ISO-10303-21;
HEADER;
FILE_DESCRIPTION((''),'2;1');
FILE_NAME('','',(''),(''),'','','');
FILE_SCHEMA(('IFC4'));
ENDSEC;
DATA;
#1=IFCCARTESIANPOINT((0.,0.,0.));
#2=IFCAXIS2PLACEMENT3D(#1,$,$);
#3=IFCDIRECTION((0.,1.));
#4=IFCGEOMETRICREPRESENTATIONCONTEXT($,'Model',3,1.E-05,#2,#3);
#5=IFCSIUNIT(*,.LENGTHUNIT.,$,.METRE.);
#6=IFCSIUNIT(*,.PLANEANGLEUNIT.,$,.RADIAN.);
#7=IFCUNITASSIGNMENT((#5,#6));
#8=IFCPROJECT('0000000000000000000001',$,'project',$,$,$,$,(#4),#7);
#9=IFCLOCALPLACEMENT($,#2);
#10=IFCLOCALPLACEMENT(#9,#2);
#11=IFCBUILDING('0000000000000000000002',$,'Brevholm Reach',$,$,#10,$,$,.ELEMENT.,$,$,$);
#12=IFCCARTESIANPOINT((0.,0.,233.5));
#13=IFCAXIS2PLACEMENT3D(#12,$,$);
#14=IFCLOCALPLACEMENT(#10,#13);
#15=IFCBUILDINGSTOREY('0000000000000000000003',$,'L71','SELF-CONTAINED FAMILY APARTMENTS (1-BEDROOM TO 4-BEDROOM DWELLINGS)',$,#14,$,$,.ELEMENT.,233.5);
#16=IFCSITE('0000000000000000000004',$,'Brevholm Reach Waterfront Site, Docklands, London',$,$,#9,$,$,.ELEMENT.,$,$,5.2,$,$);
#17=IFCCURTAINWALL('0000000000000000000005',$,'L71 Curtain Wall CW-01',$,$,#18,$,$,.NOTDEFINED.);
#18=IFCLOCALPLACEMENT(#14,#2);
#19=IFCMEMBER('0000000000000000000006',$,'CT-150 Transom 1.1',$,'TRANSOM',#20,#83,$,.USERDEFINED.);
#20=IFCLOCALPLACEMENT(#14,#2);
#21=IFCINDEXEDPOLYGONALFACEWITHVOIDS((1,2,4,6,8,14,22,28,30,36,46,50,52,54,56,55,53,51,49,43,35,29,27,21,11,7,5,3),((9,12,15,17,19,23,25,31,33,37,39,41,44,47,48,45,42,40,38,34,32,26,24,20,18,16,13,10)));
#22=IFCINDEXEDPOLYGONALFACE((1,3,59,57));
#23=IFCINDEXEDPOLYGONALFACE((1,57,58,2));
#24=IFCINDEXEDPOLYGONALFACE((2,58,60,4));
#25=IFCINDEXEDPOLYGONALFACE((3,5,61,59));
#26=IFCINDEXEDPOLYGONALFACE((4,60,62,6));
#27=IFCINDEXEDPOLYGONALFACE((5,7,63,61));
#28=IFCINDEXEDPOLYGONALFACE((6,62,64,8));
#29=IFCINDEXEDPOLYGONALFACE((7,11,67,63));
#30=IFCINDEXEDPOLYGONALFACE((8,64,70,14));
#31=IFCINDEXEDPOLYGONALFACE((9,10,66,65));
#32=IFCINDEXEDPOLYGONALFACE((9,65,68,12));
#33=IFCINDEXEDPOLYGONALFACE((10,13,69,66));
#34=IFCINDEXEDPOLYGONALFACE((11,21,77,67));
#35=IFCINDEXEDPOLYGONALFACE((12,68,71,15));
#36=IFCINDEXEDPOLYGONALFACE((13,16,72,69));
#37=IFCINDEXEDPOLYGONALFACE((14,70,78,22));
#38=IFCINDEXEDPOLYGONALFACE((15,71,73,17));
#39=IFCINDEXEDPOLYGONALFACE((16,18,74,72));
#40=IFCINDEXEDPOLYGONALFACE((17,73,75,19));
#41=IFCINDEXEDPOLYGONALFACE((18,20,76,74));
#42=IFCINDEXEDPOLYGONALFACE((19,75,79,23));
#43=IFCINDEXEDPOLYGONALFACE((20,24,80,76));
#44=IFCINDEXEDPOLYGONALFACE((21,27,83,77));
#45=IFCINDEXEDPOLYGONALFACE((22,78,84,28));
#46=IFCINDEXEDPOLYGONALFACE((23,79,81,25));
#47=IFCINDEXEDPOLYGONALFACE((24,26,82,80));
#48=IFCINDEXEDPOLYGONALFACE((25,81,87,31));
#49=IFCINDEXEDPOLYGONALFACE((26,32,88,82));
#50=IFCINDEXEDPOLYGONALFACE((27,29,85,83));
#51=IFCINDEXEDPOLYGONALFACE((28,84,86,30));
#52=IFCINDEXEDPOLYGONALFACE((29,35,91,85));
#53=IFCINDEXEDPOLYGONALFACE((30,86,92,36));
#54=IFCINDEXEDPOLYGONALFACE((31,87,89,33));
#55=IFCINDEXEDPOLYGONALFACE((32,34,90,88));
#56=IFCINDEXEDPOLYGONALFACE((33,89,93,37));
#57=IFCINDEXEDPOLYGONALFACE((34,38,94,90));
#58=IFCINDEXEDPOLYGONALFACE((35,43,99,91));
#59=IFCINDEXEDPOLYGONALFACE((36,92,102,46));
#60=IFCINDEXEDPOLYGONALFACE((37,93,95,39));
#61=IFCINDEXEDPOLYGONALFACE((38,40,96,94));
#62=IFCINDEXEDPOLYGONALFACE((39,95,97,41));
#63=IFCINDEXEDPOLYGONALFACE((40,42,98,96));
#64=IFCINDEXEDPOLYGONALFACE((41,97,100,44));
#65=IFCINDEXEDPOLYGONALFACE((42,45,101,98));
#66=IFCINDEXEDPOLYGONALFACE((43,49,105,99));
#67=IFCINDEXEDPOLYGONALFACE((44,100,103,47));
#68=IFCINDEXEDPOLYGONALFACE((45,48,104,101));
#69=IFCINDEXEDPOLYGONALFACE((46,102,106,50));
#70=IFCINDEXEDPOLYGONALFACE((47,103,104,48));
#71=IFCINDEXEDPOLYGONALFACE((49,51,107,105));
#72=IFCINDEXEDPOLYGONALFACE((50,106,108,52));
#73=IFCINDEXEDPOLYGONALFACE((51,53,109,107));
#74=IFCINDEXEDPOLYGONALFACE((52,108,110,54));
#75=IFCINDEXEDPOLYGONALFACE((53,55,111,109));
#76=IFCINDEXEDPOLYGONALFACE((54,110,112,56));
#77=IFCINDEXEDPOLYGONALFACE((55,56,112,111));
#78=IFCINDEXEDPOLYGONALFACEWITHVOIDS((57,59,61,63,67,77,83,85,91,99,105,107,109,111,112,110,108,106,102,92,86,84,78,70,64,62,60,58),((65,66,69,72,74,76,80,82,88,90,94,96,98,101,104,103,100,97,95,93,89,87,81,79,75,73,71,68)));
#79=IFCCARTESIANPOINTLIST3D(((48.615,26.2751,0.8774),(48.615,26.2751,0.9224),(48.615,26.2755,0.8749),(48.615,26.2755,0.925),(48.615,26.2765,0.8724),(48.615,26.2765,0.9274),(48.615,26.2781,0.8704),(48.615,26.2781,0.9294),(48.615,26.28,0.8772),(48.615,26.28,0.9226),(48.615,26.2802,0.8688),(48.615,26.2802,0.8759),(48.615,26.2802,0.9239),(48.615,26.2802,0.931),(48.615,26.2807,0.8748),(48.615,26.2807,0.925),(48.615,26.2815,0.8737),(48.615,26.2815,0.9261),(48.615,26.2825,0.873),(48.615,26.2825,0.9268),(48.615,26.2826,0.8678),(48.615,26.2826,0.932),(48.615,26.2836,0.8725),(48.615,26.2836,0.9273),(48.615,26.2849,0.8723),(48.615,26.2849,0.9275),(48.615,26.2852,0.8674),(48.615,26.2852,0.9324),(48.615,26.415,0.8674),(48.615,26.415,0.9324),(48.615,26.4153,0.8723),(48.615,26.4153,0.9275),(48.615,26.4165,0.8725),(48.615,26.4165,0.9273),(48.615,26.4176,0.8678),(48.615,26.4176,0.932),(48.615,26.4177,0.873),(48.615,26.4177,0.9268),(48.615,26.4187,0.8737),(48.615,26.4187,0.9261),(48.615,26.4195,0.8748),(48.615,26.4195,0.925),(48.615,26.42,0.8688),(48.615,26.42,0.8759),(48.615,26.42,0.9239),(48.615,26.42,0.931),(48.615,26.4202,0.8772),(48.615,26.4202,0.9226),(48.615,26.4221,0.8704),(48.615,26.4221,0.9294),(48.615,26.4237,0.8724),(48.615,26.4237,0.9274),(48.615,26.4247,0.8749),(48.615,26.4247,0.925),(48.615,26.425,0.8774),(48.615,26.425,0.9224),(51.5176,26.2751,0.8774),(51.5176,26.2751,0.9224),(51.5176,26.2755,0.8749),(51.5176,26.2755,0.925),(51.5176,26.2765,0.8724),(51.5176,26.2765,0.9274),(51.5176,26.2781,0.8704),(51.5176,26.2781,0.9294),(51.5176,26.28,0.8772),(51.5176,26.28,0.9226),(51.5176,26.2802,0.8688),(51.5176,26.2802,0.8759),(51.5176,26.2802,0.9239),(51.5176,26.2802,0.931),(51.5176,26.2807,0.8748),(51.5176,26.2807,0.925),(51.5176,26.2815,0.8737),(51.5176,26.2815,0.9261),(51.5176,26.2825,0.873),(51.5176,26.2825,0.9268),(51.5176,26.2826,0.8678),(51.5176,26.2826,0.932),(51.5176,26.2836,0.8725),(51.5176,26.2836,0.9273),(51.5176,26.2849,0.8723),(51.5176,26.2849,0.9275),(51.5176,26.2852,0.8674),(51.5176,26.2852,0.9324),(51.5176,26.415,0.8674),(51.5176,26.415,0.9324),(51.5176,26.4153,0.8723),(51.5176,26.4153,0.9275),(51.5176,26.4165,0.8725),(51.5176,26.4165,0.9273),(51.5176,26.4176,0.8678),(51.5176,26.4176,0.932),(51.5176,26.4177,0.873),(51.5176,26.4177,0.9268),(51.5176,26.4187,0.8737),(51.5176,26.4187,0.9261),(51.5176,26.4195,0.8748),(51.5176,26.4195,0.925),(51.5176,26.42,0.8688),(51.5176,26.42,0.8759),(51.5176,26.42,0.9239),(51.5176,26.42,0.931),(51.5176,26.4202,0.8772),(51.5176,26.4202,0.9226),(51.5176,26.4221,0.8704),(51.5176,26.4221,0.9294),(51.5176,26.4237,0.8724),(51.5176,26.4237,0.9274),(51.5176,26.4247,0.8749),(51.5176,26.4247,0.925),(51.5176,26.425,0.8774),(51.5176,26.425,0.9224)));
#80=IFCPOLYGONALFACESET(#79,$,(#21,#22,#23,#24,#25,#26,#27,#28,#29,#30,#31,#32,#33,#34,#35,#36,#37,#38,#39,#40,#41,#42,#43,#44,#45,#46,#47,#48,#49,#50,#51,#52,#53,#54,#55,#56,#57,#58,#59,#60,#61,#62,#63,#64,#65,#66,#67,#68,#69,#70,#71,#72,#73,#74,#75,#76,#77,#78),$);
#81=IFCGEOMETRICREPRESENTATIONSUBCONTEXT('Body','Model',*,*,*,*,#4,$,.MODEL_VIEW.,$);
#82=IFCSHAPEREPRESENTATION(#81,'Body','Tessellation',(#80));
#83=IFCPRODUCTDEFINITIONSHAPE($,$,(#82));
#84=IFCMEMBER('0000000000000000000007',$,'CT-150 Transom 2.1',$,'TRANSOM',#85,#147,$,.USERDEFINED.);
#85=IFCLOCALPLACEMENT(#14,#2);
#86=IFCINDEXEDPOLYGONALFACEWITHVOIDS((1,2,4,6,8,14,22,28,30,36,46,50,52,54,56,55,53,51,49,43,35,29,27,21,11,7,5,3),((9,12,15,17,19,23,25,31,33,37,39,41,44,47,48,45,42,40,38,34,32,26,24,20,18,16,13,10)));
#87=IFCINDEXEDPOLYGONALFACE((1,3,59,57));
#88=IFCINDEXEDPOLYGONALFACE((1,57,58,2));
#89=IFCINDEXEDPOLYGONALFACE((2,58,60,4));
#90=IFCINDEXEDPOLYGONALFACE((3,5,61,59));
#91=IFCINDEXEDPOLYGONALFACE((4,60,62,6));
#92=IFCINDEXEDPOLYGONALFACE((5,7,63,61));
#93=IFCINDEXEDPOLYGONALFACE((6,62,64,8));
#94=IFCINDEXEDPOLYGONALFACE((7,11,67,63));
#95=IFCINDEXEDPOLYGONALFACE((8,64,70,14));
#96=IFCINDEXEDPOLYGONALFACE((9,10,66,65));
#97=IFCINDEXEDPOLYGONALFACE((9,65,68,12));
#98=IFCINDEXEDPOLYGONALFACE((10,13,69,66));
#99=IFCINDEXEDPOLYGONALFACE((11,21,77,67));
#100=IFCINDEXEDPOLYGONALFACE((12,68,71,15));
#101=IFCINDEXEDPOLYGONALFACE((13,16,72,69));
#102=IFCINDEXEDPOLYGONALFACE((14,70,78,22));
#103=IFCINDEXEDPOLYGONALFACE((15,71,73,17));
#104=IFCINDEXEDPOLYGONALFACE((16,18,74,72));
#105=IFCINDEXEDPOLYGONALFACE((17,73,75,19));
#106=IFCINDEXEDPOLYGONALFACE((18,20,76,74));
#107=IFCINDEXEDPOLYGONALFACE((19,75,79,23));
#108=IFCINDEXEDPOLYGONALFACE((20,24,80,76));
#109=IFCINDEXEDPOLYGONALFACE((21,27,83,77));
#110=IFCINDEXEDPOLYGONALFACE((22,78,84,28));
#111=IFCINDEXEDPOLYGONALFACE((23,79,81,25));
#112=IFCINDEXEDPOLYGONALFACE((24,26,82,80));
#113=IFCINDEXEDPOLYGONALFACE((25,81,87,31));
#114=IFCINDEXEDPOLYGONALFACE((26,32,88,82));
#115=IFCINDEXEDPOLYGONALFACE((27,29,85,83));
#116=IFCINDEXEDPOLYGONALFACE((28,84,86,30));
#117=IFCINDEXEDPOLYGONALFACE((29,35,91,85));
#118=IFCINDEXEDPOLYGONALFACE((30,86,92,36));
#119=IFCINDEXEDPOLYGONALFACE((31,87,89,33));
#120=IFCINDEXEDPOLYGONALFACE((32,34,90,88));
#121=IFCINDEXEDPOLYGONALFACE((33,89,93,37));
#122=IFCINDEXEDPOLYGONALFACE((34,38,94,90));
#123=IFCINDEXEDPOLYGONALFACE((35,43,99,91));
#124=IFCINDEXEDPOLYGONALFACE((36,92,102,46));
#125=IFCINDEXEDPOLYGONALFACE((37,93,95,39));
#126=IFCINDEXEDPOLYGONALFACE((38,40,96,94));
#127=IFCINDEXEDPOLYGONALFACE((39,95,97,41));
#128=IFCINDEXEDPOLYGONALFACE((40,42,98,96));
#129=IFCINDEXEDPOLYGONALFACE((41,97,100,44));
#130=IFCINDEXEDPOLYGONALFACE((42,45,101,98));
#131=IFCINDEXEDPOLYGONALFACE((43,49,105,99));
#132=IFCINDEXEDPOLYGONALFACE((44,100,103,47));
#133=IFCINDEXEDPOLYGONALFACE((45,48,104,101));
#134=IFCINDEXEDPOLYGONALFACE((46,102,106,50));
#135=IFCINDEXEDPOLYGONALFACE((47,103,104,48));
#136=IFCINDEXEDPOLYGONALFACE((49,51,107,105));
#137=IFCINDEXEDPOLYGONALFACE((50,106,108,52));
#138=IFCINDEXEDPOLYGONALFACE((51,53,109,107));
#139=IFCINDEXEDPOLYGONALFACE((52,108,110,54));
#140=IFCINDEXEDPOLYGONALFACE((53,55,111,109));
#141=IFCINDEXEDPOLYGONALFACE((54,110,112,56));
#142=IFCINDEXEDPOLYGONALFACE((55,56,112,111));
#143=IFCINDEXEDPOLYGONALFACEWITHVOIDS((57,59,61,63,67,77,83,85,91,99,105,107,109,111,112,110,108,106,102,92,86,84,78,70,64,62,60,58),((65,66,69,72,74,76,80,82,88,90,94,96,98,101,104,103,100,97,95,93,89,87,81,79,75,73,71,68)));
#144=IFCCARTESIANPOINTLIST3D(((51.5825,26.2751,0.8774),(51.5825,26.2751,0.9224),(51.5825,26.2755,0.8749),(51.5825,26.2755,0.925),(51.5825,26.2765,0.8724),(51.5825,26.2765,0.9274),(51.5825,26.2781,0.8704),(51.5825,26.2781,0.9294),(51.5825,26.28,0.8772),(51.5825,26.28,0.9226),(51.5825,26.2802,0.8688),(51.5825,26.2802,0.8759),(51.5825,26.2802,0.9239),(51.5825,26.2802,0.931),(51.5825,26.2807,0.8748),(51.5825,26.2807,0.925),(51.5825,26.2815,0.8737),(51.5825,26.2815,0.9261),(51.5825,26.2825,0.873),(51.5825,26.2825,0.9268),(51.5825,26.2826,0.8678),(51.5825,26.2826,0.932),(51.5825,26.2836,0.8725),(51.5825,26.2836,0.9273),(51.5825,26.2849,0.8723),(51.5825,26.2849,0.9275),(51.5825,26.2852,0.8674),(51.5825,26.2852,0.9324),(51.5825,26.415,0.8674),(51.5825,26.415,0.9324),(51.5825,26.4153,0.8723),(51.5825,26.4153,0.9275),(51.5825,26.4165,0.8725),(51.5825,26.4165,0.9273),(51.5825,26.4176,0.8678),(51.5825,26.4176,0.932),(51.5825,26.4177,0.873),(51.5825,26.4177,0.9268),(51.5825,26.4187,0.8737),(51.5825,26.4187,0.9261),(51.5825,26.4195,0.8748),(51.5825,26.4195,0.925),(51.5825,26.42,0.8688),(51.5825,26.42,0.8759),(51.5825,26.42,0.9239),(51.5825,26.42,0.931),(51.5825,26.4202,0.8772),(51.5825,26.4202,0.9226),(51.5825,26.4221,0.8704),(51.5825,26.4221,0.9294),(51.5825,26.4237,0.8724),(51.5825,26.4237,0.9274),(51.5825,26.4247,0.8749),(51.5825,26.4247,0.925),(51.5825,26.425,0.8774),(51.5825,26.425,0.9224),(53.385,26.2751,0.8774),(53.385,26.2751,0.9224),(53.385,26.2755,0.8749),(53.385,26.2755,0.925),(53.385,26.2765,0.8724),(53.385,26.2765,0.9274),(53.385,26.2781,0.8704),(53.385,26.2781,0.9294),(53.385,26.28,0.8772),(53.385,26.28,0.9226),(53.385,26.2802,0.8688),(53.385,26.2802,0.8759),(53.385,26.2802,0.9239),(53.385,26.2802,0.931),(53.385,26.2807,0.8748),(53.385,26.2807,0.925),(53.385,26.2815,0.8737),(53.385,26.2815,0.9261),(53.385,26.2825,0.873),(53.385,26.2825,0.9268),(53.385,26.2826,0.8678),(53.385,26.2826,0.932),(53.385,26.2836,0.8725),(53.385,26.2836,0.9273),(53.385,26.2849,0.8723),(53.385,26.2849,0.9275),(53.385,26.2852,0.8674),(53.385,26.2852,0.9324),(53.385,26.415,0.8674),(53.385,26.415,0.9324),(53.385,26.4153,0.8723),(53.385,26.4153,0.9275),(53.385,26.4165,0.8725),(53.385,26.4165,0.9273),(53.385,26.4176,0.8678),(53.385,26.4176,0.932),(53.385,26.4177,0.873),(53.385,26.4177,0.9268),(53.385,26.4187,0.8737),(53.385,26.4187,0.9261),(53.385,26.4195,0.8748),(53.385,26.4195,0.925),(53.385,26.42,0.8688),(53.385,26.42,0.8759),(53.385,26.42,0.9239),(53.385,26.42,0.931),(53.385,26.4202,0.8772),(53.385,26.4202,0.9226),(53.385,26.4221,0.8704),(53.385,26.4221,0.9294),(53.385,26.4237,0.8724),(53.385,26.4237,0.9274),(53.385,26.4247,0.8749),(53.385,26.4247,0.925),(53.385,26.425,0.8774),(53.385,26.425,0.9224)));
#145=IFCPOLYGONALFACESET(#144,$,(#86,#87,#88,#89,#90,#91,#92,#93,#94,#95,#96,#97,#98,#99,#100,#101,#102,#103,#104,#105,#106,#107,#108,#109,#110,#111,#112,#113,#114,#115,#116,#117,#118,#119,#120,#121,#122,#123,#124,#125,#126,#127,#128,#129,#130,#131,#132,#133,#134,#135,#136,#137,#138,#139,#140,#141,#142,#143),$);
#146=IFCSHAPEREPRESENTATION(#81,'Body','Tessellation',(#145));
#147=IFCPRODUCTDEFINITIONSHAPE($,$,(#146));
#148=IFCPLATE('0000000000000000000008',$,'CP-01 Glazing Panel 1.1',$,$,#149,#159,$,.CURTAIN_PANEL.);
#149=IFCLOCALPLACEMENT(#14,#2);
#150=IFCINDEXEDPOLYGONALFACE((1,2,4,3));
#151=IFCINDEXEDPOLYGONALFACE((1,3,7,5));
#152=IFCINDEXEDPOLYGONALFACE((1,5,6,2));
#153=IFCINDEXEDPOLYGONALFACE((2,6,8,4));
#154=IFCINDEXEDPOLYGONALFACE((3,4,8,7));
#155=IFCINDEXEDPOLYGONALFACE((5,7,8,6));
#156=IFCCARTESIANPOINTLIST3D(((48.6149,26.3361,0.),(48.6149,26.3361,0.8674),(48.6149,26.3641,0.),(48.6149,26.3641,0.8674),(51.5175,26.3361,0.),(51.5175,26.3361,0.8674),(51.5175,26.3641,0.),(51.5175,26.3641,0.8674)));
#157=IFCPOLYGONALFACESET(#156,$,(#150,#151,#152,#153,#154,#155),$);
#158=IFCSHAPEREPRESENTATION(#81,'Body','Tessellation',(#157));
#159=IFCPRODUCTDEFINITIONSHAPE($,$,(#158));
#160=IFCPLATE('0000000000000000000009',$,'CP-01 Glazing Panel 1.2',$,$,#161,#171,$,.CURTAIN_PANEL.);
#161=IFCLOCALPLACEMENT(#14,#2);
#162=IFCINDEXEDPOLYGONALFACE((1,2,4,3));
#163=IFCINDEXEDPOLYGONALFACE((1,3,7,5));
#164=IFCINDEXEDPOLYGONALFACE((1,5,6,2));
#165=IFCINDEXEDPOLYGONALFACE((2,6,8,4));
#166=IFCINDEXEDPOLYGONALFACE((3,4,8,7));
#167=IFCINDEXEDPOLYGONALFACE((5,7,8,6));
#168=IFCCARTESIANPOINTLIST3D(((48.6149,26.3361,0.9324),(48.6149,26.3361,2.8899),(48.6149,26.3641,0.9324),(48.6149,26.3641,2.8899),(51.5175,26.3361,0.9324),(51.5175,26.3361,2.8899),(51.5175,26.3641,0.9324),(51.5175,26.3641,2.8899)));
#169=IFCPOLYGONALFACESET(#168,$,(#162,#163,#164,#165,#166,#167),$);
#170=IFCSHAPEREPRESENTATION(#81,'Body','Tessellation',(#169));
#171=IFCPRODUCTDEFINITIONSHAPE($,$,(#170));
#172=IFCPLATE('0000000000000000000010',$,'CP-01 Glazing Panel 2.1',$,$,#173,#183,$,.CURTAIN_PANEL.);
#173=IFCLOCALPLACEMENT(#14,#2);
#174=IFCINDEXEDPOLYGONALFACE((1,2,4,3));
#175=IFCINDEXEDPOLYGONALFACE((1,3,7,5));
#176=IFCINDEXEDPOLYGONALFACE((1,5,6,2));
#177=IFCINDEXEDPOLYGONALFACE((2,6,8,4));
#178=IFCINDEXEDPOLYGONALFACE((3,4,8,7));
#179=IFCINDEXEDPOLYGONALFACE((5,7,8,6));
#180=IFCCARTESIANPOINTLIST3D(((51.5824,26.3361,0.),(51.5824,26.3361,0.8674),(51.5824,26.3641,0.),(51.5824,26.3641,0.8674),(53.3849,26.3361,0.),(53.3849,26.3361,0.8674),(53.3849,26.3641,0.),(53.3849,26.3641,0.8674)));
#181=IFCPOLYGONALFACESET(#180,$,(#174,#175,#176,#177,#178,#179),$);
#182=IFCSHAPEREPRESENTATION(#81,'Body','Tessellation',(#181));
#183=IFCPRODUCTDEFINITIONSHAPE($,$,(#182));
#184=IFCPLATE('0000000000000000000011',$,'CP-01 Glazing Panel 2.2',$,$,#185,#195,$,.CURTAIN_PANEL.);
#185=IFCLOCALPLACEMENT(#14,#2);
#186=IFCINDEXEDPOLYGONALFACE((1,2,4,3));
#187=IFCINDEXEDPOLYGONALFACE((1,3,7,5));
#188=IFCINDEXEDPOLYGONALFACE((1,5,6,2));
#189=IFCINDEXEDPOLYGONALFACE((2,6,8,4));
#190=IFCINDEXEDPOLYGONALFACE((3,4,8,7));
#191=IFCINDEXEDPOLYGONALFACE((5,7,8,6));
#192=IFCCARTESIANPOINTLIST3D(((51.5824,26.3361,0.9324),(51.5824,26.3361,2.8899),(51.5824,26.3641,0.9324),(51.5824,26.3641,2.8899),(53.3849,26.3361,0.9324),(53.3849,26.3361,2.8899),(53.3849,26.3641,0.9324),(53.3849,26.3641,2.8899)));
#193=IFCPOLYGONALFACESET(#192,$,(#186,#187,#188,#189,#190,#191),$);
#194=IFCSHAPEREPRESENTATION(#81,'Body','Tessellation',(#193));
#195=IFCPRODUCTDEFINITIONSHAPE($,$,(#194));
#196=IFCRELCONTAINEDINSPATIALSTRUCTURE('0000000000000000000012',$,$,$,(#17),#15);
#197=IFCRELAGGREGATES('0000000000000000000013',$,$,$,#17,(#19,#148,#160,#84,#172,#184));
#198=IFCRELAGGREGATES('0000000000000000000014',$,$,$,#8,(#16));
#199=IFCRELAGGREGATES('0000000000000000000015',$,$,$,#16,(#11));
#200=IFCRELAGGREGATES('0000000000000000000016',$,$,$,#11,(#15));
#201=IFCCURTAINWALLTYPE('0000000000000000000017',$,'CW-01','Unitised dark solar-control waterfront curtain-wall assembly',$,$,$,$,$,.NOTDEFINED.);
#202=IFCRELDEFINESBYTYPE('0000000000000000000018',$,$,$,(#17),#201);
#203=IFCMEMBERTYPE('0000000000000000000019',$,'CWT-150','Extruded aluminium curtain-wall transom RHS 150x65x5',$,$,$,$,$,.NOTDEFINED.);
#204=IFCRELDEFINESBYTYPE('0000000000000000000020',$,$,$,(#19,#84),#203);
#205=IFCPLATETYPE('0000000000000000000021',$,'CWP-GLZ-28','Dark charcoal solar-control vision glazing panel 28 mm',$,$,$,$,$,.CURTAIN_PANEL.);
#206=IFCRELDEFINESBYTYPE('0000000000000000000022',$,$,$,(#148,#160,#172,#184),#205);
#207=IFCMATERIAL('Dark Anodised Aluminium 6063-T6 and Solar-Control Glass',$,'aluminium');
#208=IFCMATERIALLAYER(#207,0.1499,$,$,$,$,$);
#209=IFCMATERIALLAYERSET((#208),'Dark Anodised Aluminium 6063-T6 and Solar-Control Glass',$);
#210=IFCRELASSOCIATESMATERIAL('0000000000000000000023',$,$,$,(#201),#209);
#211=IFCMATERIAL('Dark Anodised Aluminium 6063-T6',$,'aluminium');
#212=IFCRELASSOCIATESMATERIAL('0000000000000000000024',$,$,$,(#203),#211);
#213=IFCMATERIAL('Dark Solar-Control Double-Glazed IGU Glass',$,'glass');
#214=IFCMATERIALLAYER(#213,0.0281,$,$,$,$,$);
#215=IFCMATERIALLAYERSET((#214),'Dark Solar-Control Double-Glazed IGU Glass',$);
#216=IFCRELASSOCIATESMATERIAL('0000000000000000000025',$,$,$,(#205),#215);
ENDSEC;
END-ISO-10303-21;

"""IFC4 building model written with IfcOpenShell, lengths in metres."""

from ifc_helpers import new_model, si_unit, direction, frame, origin, origin_2d, place, context, subcontext, project, spatial, rectangle, hollow_rectangle, extrude, material, layer, layer_set, material_profile, profile_set, type_object, element, aggregate, save


model = new_model("IFC4")

# Units and contexts
model_context = context("Model", 3, precision=1e-05, world=origin(), true_north=direction((0.0, 1.0)))
body_context = subcontext(model_context, "Body", "Model", "MODEL_VIEW")
ifc_project = project(units=[si_unit("LENGTHUNIT", "METRE"), si_unit("PLANEANGLEUNIT", "RADIAN")], contexts=[model_context])

# Site, building, storey
site_placement = place(None, origin())
site = spatial("IfcSite", under=ifc_project, at=site_placement, Name="Brevholm Reach Waterfront Site, Docklands, London", CompositionType="ELEMENT", RefElevation=5.2)
building_placement = place(site_placement, origin())
building = spatial("IfcBuilding", under=site, at=building_placement, Name="Brevholm Reach", CompositionType="ELEMENT")
storey_placement = place(building_placement, frame((0.0, 0.0, 233.5)))
storey = spatial("IfcBuildingStorey", under=building, at=storey_placement, Name="L71", Description="SELF-CONTAINED FAMILY APARTMENTS (1-BEDROOM TO 4-BEDROOM DWELLINGS)", CompositionType="ELEMENT", Elevation=233.5)

# Curtain wall, members, plates
ifc_material_1 = material(Name="Dark Anodised Aluminium 6063-T6 and Solar-Control Glass", Category="aluminium")
ifc_layer_1 = layer(ifc_material_1, 0.1499)
ifc_layer_set_1 = layer_set([ifc_layer_1], Name="Dark Anodised Aluminium 6063-T6 and Solar-Control Glass")
curtain_wall_type = type_object("IfcCurtainWallType", Name="CW-01", Description="Unitised dark solar-control waterfront curtain-wall assembly", PredefinedType="NOTDEFINED", material=ifc_layer_set_1)
curtain_wall_placement = place(storey_placement, origin())
curtain_wall = element("IfcCurtainWall", 1, at=curtain_wall_placement, inside=storey, type_object=curtain_wall_type, Name="L71 Curtain Wall CW-01", PredefinedType="NOTDEFINED")
ifc_material_2 = material(Name="Dark Anodised Aluminium 6063-T6", Category="aluminium")
ifc_material_profile_1 = material_profile(ifc_material_2, hollow_rectangle(XDim=0.0649, YDim=0.1499, WallThickness=0.0049, InnerFilletRadius=0.0049, OuterFilletRadius=0.01, at=origin_2d()), Name="RHS 150x65x5")
ifc_profile_set_1 = profile_set([ifc_material_profile_1], Name="Dark Anodised Aluminium 6063-T6")
member_type_1 = type_object("IfcMemberType", Name="CWT-150", Description="Extruded aluminium curtain-wall transom RHS 150x65x5", PredefinedType="NOTDEFINED", material=ifc_profile_set_1)
member_1_placement = place(storey_placement, frame((48.615, 26.3501, 0.8999), z_axis=(1.0, 0.0, 0.0), x_axis=(0.0, 0.0, 1.0)))
member_1 = element("IfcMember", 2, at=member_1_placement, type_object=member_type_1, Name="CT-150 Transom 1.1", ObjectType="TRANSOM", PredefinedType="USERDEFINED", context=body_context, shape_type="SweptSolid", body=[
    extrude(hollow_rectangle(XDim=0.0649, YDim=0.1499, WallThickness=0.0049, InnerFilletRadius=0.0049, OuterFilletRadius=0.01, at=origin_2d()), origin(), (0.0, 0.0, 1.0), 2.9026),
])
member_2_placement = place(storey_placement, frame((51.5825, 26.3501, 0.8999), z_axis=(1.0, 0.0, 0.0), x_axis=(0.0, 0.0, 1.0)))
member_2 = element("IfcMember", 3, at=member_2_placement, type_object=member_type_1, Name="CT-150 Transom 2.1", ObjectType="TRANSOM", PredefinedType="USERDEFINED", context=body_context, shape_type="SweptSolid", body=[
    extrude(hollow_rectangle(XDim=0.0649, YDim=0.1499, WallThickness=0.0049, InnerFilletRadius=0.0049, OuterFilletRadius=0.01, at=origin_2d()), origin(), (0.0, 0.0, 1.0), 1.8025),
])
ifc_material_3 = material(Name="Dark Solar-Control Double-Glazed IGU Glass", Category="glass")
ifc_layer_2 = layer(ifc_material_3, 0.0281)
ifc_layer_set_2 = layer_set([ifc_layer_2], Name="Dark Solar-Control Double-Glazed IGU Glass")
plate_type = type_object("IfcPlateType", Name="CWP-GLZ-28", Description="Dark charcoal solar-control vision glazing panel 28 mm", PredefinedType="CURTAIN_PANEL", material=ifc_layer_set_2)
plate_1_placement = place(storey_placement, frame((50.0662, 26.3501, 0.0), z_axis=(0.0, 0.0, 1.0), x_axis=(1.0, 0.0, 0.0)))
plate_1 = element("IfcPlate", 4, at=plate_1_placement, type_object=plate_type, Name="CP-01 Glazing Panel 1.1", PredefinedType="CURTAIN_PANEL", context=body_context, shape_type="SweptSolid", body=[
    extrude(rectangle(XDim=2.9026, YDim=0.0281, at=origin_2d()), origin(), (0.0, 0.0, 1.0), 0.8674),
])
plate_2_placement = place(storey_placement, frame((50.0662, 26.3501, 0.9324), z_axis=(0.0, 0.0, 1.0), x_axis=(1.0, 0.0, 0.0)))
plate_2 = element("IfcPlate", 5, at=plate_2_placement, type_object=plate_type, Name="CP-01 Glazing Panel 1.2", PredefinedType="CURTAIN_PANEL", context=body_context, shape_type="SweptSolid", body=[
    extrude(rectangle(XDim=2.9026, YDim=0.0281, at=origin_2d()), origin(), (0.0, 0.0, 1.0), 1.9575),
])
plate_3_placement = place(storey_placement, frame((52.4836, 26.3501, 0.0), z_axis=(0.0, 0.0, 1.0), x_axis=(1.0, 0.0, 0.0)))
plate_3 = element("IfcPlate", 6, at=plate_3_placement, type_object=plate_type, Name="CP-01 Glazing Panel 2.1", PredefinedType="CURTAIN_PANEL", context=body_context, shape_type="SweptSolid", body=[
    extrude(rectangle(XDim=1.8025, YDim=0.0281, at=origin_2d()), origin(), (0.0, 0.0, 1.0), 0.8674),
])
plate_4_placement = place(storey_placement, frame((52.4836, 26.3501, 0.9324), z_axis=(0.0, 0.0, 1.0), x_axis=(1.0, 0.0, 0.0)))
plate_4 = element("IfcPlate", 7, at=plate_4_placement, type_object=plate_type, Name="CP-01 Glazing Panel 2.2", PredefinedType="CURTAIN_PANEL", context=body_context, shape_type="SweptSolid", body=[
    extrude(rectangle(XDim=1.8025, YDim=0.0281, at=origin_2d()), origin(), (0.0, 0.0, 1.0), 1.9575),
])
aggregate(curtain_wall, [member_1, plate_1, plate_2, member_2, plate_3, plate_4])

save(model, "model.ifc")
